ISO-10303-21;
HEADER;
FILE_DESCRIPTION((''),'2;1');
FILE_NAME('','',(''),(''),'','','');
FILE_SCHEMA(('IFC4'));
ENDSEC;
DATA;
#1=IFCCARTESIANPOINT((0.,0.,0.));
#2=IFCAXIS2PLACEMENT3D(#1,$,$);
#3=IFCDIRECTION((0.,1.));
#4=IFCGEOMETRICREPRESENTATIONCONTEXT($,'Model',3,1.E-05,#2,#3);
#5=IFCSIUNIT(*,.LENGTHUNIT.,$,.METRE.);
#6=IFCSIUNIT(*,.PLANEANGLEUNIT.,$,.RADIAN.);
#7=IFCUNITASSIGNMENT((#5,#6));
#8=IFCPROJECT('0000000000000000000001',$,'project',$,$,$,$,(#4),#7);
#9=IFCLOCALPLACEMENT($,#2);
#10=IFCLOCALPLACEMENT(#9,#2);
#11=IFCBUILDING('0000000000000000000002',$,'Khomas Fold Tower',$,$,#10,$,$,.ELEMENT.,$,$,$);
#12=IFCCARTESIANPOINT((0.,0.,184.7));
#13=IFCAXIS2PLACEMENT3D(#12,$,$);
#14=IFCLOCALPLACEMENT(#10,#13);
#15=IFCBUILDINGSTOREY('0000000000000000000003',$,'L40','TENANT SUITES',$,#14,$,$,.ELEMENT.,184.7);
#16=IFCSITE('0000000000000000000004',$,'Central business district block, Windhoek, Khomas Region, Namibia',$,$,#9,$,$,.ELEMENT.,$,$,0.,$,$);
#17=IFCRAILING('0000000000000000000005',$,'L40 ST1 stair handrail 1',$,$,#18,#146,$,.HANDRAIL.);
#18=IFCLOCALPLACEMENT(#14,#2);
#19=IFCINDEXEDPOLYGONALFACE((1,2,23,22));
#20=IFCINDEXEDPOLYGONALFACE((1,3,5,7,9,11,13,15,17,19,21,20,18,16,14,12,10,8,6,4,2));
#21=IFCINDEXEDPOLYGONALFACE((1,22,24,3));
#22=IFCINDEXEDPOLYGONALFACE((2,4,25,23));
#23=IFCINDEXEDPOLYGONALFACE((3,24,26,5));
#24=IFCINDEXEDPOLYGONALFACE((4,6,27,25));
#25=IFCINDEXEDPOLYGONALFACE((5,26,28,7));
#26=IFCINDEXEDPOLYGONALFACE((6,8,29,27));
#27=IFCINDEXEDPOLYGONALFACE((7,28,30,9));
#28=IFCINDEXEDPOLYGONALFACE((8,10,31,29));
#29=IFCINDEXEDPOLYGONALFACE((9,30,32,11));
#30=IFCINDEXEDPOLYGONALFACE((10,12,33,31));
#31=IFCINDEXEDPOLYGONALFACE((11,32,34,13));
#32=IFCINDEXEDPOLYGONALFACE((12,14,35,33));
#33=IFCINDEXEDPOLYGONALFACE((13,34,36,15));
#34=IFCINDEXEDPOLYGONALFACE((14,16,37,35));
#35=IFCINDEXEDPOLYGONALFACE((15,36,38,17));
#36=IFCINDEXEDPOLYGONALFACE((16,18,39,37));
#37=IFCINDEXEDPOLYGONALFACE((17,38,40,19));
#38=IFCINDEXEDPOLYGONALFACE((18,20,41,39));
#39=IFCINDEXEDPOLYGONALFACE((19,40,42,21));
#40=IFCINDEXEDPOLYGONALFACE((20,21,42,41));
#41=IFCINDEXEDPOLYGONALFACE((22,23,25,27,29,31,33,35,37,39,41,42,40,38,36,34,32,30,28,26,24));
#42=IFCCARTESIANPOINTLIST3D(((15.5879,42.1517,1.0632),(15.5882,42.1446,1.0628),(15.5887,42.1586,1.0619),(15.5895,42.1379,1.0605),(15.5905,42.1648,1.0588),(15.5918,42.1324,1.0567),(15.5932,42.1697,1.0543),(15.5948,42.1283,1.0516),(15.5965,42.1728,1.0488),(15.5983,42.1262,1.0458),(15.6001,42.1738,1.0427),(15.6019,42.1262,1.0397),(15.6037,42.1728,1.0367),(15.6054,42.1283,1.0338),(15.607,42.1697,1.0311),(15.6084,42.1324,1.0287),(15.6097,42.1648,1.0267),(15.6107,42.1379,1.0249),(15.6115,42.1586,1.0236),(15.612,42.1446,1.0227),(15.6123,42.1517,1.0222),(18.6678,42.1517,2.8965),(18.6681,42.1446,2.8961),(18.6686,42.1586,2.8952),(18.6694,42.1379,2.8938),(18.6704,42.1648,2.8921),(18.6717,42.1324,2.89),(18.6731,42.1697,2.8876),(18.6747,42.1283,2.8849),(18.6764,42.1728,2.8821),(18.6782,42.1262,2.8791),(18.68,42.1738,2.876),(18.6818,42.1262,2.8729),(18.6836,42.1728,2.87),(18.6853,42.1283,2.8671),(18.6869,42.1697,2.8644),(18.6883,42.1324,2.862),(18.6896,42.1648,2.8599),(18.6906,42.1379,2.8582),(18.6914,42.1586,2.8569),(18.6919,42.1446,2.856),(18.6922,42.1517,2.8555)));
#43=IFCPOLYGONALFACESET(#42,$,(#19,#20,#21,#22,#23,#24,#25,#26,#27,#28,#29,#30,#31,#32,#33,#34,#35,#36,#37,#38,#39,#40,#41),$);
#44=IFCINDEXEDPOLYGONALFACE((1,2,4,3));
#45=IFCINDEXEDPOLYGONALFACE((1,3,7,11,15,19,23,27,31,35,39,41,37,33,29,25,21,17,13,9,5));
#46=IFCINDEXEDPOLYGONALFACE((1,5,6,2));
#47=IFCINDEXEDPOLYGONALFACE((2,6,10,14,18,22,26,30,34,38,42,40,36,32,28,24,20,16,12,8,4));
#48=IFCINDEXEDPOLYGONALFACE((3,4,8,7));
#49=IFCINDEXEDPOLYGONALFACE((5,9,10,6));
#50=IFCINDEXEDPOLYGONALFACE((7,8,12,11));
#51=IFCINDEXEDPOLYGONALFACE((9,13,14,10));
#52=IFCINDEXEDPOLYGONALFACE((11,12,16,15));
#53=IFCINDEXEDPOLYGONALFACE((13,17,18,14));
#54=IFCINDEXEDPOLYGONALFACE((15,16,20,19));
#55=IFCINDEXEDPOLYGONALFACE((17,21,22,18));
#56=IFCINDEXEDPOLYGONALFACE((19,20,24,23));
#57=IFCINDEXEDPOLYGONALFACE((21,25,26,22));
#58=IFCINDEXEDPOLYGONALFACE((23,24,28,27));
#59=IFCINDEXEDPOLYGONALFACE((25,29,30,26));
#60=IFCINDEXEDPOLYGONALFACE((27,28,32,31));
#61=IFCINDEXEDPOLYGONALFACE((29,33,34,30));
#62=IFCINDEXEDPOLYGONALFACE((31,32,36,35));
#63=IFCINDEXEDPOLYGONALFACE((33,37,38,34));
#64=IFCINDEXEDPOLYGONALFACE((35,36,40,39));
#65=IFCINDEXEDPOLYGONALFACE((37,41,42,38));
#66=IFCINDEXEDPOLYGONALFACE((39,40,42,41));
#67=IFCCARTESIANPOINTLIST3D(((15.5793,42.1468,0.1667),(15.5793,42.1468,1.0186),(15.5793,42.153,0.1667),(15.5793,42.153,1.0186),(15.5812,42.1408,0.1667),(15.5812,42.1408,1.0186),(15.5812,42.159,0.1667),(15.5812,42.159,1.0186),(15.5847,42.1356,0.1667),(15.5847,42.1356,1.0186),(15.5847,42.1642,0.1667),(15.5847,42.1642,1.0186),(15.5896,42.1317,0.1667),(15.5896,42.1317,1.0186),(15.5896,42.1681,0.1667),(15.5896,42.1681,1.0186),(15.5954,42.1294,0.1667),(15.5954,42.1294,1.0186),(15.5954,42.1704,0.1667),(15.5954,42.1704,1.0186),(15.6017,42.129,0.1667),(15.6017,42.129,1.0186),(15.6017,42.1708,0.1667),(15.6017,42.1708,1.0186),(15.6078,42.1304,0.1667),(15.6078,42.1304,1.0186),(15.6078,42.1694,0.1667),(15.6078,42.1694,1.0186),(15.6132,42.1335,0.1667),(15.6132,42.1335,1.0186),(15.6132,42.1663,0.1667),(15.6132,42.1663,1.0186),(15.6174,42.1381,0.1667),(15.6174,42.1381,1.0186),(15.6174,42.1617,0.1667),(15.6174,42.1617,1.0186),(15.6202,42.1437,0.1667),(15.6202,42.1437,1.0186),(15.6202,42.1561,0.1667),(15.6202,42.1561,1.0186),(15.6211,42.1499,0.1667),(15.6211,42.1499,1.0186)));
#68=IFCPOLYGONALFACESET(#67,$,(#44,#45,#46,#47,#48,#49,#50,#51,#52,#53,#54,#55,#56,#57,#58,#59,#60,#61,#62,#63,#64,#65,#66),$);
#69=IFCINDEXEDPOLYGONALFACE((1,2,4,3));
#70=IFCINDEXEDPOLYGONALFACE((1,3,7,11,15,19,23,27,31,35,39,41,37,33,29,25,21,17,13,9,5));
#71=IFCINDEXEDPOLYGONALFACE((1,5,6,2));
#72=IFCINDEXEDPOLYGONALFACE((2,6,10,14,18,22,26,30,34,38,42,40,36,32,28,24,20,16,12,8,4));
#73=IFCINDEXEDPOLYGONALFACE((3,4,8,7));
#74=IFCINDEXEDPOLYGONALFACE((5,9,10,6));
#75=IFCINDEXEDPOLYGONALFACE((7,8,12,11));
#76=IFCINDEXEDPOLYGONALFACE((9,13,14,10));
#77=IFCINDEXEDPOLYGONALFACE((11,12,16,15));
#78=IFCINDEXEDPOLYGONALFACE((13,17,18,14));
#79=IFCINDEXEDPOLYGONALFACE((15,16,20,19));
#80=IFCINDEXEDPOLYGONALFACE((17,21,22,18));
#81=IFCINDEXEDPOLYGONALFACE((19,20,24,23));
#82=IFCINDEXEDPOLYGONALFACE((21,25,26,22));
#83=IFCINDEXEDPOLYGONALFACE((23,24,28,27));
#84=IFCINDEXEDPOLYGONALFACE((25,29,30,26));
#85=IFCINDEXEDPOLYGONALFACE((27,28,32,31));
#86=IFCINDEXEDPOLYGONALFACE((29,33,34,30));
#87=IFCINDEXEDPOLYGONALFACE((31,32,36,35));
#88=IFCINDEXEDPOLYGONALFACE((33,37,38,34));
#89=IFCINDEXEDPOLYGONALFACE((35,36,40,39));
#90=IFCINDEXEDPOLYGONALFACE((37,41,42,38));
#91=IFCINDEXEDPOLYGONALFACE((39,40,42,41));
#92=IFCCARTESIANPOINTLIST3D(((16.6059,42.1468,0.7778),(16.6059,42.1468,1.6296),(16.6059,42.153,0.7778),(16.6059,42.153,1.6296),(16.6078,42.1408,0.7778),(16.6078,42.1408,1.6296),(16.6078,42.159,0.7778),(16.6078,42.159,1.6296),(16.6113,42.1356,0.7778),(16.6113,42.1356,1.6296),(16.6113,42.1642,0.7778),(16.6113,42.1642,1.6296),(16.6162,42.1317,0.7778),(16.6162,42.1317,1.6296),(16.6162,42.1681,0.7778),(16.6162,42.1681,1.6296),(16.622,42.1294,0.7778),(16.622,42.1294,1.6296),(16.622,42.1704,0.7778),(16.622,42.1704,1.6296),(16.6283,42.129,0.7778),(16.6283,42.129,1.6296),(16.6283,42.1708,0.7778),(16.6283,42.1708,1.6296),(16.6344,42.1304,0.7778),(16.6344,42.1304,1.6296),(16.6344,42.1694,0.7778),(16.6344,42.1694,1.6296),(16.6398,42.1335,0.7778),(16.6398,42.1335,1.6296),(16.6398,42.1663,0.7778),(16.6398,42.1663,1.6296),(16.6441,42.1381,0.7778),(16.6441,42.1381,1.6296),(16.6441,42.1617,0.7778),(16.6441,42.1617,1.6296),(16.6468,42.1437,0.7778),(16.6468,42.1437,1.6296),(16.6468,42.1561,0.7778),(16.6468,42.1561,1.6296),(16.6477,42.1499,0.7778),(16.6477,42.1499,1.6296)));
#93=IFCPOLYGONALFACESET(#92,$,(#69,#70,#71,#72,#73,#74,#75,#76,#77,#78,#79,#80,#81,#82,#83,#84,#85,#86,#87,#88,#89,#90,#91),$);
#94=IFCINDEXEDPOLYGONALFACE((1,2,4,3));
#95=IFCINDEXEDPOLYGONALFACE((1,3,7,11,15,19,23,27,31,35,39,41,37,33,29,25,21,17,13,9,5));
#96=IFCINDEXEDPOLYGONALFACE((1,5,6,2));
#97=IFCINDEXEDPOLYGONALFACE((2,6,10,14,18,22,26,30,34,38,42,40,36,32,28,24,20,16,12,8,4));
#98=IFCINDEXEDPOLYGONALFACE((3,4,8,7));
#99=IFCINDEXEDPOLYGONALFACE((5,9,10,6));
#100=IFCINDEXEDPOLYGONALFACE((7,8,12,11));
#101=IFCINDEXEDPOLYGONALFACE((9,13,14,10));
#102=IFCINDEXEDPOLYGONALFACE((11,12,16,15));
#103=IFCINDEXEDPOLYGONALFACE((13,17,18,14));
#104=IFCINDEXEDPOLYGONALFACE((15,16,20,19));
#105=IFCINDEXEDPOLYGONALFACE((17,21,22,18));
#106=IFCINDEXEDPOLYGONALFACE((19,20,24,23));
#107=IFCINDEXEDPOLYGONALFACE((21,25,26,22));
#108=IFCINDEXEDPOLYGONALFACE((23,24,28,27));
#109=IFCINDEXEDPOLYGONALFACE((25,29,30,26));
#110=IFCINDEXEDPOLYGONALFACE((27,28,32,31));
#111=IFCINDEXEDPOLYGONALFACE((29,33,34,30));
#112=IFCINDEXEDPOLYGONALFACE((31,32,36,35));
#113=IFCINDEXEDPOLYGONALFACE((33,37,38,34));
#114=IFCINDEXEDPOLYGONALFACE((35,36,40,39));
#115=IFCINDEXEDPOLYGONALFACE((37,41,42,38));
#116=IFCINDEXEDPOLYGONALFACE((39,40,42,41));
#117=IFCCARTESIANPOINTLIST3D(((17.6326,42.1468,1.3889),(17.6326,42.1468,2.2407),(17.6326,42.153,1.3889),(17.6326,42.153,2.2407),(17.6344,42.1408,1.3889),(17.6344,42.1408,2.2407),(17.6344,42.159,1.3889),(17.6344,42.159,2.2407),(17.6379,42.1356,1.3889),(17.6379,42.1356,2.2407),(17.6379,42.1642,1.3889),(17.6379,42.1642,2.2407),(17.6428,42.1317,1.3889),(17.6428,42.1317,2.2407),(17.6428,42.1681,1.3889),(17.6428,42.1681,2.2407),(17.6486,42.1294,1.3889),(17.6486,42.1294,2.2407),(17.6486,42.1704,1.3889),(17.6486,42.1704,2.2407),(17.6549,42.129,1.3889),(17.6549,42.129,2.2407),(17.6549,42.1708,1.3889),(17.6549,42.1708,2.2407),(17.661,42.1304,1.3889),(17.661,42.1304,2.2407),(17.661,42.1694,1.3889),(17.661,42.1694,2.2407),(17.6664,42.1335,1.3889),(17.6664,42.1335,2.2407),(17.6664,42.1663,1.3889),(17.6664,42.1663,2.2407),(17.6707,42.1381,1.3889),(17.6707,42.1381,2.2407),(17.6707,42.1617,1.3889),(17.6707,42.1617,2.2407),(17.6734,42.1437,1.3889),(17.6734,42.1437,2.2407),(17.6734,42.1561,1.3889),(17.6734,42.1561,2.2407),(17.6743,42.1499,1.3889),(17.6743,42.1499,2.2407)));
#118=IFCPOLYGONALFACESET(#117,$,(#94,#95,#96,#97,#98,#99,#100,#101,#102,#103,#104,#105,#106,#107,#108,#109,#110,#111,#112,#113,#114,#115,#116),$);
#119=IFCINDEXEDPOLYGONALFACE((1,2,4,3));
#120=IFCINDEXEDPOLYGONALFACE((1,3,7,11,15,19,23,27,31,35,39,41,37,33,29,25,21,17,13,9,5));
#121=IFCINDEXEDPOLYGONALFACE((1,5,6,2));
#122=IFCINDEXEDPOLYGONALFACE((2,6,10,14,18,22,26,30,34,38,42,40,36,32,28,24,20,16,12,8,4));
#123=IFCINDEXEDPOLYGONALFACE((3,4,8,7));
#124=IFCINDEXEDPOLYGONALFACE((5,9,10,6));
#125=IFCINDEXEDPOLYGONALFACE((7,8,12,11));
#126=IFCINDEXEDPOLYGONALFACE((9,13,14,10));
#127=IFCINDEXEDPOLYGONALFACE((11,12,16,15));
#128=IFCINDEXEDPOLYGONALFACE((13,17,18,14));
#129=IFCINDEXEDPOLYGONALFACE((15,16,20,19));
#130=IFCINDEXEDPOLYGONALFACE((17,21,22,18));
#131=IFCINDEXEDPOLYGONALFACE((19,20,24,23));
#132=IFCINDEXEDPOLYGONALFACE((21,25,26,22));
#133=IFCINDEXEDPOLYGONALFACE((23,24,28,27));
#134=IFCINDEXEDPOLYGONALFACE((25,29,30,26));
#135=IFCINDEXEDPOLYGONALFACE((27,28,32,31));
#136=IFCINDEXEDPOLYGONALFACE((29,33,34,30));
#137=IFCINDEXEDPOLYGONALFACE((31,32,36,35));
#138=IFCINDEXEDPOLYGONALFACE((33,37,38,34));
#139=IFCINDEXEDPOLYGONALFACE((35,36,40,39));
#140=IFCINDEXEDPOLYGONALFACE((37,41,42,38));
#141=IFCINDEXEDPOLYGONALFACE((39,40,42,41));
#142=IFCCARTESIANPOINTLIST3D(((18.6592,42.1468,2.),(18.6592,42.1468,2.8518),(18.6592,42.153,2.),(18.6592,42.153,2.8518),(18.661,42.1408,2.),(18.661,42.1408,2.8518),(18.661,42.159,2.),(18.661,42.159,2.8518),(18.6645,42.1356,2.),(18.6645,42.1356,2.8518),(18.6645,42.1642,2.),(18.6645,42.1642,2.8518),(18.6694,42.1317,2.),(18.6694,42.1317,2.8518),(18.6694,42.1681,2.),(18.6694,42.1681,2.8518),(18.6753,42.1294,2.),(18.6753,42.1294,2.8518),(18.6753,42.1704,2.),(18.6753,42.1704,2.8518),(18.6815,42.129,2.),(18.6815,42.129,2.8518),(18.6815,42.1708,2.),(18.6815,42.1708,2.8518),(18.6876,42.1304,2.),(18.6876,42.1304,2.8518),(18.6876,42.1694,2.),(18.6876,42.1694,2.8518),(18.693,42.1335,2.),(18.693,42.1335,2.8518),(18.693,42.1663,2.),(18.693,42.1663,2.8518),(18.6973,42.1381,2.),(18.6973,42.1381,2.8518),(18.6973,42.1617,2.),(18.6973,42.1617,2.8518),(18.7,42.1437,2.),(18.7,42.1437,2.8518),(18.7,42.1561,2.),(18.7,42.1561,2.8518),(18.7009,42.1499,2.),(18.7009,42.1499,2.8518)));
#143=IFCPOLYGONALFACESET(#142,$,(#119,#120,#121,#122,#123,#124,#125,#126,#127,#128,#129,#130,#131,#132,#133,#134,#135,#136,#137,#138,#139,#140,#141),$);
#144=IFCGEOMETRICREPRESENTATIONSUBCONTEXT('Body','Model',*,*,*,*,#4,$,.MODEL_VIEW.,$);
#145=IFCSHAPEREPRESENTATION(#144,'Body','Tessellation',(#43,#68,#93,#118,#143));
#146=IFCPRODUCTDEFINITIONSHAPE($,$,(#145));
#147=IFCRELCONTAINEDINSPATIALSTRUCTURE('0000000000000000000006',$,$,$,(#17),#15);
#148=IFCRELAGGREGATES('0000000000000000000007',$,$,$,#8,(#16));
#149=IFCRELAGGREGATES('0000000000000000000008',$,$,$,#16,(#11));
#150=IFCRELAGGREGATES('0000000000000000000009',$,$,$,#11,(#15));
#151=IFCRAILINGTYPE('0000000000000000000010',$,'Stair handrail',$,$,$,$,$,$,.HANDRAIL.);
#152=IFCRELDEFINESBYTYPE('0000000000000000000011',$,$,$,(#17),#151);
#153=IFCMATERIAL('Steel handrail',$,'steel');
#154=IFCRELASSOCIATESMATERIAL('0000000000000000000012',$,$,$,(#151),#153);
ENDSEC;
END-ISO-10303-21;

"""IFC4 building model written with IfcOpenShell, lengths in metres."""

from ifc_helpers import new_model, si_unit, direction, frame, origin, origin_2d, place, context, subcontext, project, spatial, circle, extrude, source, transform, mapped, material, type_object, element, save


model = new_model("IFC4")

# Units and contexts
model_context = context("Model", 3, precision=1e-05, world=origin(), true_north=direction((0.0, 1.0)))
body_context = subcontext(model_context, "Body", "Model", "MODEL_VIEW")
ifc_project = project(units=[si_unit("LENGTHUNIT", "METRE"), si_unit("PLANEANGLEUNIT", "RADIAN")], contexts=[model_context])

# Site, building, storey
site_placement = place(None, origin())
site = spatial("IfcSite", under=ifc_project, at=site_placement, Name="Central business district block, Windhoek, Khomas Region, Namibia", CompositionType="ELEMENT", RefElevation=0.0)
building_placement = place(site_placement, origin())
building = spatial("IfcBuilding", under=site, at=building_placement, Name="Khomas Fold Tower", CompositionType="ELEMENT")
storey_placement = place(building_placement, frame((0.0, 0.0, 184.7)))
storey = spatial("IfcBuildingStorey", under=building, at=storey_placement, Name="L40", Description="TENANT SUITES", CompositionType="ELEMENT", Elevation=184.7)

# Railing
ifc_material_1 = material(Name="Steel handrail", Category="steel")
railing_type_1 = type_object("IfcRailingType", Name="Stair handrail", PredefinedType="HANDRAIL", material=ifc_material_1)
shared_shape_1 = source(origin(), body_context, "Body", "SweptSolid", [
    extrude(circle(Radius=0.0239, at=origin_2d()), frame((0.0, 0.0, 0.876), z_axis=(0.859291, 0.0, 0.511487), x_axis=(0.0, 1.0, 0.0)), (0.0, 0.0, 1.0), 3.5842),
    extrude(circle(Radius=0.021, at=origin_2d()), origin(), (0.0, 0.0, 1.0), 0.8518),
    extrude(circle(Radius=0.021, at=origin_2d()), frame((1.0266, 0.0, 0.6111)), (0.0, 0.0, 1.0), 0.8518),
    extrude(circle(Radius=0.021, at=origin_2d()), frame((2.0532, 0.0, 1.2222)), (0.0, 0.0, 1.0), 0.8518),
    extrude(circle(Radius=0.021, at=origin_2d()), frame((3.0798, 0.0, 1.8333)), (0.0, 0.0, 1.0), 0.8518),
])
railing_1_placement = place(storey_placement, frame((15.6001, 42.1499, 0.1667)))
element("IfcRailing", 1, at=railing_1_placement, inside=storey, type_object=railing_type_1, Name="L40 ST1 stair handrail 1", PredefinedType="HANDRAIL", context=body_context, shape_type="MappedRepresentation", body=[
    mapped(shared_shape_1, transform((0.0, 0.0, 0.0))),
])

save(model, "model.ifc")
